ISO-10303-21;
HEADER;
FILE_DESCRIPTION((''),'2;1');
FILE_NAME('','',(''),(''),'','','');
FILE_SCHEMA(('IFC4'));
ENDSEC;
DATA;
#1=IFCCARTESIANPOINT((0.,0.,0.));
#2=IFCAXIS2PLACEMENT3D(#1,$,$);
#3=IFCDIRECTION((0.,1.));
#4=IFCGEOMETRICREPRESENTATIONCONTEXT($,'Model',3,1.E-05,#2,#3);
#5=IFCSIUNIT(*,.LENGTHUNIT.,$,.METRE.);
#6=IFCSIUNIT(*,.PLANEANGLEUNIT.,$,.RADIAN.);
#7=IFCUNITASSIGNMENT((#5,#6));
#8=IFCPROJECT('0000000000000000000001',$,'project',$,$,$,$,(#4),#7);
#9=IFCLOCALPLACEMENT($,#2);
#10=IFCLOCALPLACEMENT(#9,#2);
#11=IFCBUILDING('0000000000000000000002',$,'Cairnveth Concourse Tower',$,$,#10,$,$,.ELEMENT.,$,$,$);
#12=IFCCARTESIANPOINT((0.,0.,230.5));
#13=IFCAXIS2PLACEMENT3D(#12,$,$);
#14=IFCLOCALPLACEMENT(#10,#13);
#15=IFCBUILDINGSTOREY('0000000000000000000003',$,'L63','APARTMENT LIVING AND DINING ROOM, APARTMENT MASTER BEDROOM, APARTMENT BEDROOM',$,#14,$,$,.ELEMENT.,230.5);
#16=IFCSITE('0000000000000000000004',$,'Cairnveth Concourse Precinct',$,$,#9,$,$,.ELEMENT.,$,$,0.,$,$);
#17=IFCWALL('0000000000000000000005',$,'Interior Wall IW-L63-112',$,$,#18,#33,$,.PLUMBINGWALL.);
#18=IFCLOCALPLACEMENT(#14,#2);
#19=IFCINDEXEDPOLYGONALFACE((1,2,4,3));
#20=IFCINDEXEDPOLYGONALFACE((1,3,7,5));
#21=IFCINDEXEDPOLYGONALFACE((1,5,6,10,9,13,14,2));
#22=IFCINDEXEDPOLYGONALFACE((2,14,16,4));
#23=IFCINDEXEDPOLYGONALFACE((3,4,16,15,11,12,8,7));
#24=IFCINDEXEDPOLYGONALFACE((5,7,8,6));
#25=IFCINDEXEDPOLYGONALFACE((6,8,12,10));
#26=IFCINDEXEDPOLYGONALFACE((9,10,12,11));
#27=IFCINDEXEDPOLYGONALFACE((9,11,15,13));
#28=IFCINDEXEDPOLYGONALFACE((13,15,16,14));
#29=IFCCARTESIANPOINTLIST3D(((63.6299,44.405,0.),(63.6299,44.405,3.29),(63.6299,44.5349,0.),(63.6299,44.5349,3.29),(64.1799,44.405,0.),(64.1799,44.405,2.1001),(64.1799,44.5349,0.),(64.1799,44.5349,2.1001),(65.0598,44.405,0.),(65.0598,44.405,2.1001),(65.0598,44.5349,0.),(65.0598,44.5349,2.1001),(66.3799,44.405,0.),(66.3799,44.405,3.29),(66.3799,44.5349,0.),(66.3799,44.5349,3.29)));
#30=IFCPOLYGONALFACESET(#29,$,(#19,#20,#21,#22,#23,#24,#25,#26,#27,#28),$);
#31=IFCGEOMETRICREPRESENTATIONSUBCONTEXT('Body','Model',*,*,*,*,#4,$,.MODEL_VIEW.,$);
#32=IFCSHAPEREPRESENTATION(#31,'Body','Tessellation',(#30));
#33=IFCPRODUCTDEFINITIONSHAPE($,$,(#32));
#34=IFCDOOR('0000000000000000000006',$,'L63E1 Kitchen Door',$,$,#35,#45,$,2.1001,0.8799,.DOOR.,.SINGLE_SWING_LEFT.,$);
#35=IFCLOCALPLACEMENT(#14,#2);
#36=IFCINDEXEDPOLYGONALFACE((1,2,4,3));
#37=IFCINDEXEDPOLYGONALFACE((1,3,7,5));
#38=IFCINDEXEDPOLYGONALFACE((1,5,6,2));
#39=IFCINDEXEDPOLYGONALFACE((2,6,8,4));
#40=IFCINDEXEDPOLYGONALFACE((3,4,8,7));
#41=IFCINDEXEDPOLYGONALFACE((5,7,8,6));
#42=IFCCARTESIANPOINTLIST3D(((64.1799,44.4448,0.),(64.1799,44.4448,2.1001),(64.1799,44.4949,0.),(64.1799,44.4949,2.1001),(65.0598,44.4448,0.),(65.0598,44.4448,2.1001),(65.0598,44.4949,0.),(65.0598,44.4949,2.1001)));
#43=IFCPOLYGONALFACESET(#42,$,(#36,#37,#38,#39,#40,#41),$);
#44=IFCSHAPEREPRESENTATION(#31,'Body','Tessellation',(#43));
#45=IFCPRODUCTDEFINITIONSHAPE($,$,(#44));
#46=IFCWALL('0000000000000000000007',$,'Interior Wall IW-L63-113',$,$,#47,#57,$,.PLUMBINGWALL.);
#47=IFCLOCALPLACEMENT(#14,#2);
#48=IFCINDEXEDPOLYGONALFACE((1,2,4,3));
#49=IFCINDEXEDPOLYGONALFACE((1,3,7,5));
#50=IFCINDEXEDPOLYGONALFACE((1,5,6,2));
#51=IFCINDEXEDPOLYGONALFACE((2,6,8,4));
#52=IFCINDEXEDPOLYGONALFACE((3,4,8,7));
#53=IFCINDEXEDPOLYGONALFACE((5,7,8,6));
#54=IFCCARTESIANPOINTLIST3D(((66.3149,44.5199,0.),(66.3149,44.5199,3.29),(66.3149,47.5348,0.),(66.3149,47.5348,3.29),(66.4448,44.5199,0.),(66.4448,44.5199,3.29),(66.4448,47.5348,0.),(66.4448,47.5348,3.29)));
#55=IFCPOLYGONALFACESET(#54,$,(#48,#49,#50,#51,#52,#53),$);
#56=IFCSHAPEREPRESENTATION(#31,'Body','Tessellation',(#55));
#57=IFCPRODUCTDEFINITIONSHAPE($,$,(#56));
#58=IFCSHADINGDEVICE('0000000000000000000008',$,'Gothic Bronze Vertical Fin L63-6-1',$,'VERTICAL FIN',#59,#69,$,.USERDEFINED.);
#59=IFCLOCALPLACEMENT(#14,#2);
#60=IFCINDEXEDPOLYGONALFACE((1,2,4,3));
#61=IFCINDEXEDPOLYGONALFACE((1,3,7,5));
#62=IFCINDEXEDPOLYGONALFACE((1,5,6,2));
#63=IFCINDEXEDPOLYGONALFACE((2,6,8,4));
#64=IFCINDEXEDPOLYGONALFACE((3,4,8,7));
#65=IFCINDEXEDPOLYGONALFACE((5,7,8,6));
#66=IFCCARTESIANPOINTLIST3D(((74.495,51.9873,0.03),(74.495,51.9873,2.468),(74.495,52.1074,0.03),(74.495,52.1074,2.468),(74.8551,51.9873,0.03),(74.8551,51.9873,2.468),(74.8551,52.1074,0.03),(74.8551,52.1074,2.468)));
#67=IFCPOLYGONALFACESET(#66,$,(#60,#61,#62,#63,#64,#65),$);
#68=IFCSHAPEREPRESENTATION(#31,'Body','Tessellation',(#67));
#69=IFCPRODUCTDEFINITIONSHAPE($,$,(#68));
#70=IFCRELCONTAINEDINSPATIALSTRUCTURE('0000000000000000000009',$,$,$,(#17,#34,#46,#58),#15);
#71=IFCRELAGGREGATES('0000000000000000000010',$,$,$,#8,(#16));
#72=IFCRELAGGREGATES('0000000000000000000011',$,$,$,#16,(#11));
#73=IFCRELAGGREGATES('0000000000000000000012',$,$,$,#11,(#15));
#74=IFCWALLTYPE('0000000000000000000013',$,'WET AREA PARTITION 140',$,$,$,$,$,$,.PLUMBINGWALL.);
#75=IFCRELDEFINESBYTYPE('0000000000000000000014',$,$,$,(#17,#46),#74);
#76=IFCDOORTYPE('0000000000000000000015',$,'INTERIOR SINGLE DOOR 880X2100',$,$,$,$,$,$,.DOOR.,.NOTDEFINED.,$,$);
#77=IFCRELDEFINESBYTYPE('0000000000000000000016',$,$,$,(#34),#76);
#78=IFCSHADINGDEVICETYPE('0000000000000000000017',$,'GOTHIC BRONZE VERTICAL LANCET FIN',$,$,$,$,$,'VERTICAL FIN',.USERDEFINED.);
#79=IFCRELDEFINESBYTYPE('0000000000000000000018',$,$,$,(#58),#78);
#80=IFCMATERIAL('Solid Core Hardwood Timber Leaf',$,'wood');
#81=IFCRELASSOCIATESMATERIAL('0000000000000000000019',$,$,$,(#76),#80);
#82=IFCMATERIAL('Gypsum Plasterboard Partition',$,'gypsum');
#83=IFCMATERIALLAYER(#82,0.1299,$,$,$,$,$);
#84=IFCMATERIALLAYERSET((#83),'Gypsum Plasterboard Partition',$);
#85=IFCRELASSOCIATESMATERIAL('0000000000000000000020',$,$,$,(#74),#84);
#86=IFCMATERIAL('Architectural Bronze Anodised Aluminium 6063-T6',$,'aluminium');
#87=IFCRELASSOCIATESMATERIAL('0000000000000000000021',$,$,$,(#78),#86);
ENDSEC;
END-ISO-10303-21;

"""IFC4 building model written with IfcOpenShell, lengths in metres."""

from ifc_helpers import new_model, si_unit, direction, frame, frame_2d, origin, origin_2d, place, context, subcontext, project, spatial, rectangle, extrude, material, layer, layer_set, type_object, element, fill, save


model = new_model("IFC4")

# Units and contexts
model_context = context("Model", 3, precision=1e-05, world=origin(), true_north=direction((0.0, 1.0)))
body_context = subcontext(model_context, "Body", "Model", "MODEL_VIEW")
ifc_project = project(units=[si_unit("LENGTHUNIT", "METRE"), si_unit("PLANEANGLEUNIT", "RADIAN")], contexts=[model_context])

# Site, building, storey
site_placement = place(None, origin())
site = spatial("IfcSite", under=ifc_project, at=site_placement, Name="Cairnveth Concourse Precinct", CompositionType="ELEMENT", RefElevation=0.0)
building_placement = place(site_placement, origin())
building = spatial("IfcBuilding", under=site, at=building_placement, Name="Cairnveth Concourse Tower", CompositionType="ELEMENT")
storey_placement = place(building_placement, frame((0.0, 0.0, 230.5)))
storey = spatial("IfcBuildingStorey", under=building, at=storey_placement, Name="L63", Description="APARTMENT LIVING AND DINING ROOM, APARTMENT MASTER BEDROOM, APARTMENT BEDROOM", CompositionType="ELEMENT", Elevation=230.5)

# Shared definitions
ifc_material_1 = material(Name="Gypsum Plasterboard Partition", Category="gypsum")

# Shared definitions
ifc_material_2 = material(Name="Solid Core Hardwood Timber Leaf", Category="wood")
door_type_1 = type_object("IfcDoorType", Name="INTERIOR SINGLE DOOR 880X2100", OperationType="NOTDEFINED", PredefinedType="DOOR", material=ifc_material_2)
ifc_layer_1 = layer(ifc_material_1, 0.1299)
ifc_layer_set_1 = layer_set([ifc_layer_1], Name="Gypsum Plasterboard Partition")
wall_type_1 = type_object("IfcWallType", Name="WET AREA PARTITION 140", PredefinedType="PLUMBINGWALL", material=ifc_layer_set_1)

# Wall, opening, door
wall_1_placement = place(storey_placement, frame((63.6299, 44.47, 0.0), z_axis=(0.0, 0.0, 1.0), x_axis=(1.0, 0.0, 0.0)))
wall_1 = element("IfcWall", 1, at=wall_1_placement, inside=storey, type_object=wall_type_1, Name="Interior Wall IW-L63-112", PredefinedType="PLUMBINGWALL", context=body_context, shape_type="SweptSolid", body=[
    extrude(rectangle(XDim=2.75, YDim=0.1299, at=frame_2d((1.375, 0.0))), origin(), (0.0, 0.0, 1.0), 3.29),
])
opening_1_placement = place(wall_1_placement, frame((0.55, 0.0, 0.0)))
opening_1 = element("IfcOpeningElement", 2, at=opening_1_placement, cuts=wall_1, PredefinedType="OPENING", context=body_context, shape_type="SweptSolid", body=[
    extrude(rectangle(XDim=0.8799, YDim=2.1001, at=frame_2d((0.4399, 1.05))), frame((0.0, 0.075, 0.0), z_axis=(0.0, -1.0, 0.0), x_axis=(1.0, 0.0, 0.0)), (0.0, 0.0, 1.0), 0.1499),
])
door_1_placement = place(opening_1_placement, origin())
door_1 = element("IfcDoor", 3, at=door_1_placement, inside=storey, type_object=door_type_1, Name="L63E1 Kitchen Door", OperationType="SINGLE_SWING_LEFT", OverallHeight=2.1001, OverallWidth=0.8799, PredefinedType="DOOR", context=body_context, shape_type="SweptSolid", body=[
    extrude(rectangle(XDim=0.8799, YDim=2.1001, at=frame_2d((0.4399, 1.05))), frame((0.0, 0.0249, 0.0), z_axis=(0.0, -1.0, 0.0), x_axis=(1.0, 0.0, 0.0)), (0.0, 0.0, 1.0), 0.05),
])
fill(opening_1, door_1)

# Wall
wall_2_placement = place(storey_placement, frame((66.3799, 44.52, 0.0), z_axis=(0.0, 0.0, 1.0), x_axis=(0.0, 1.0, 0.0)))
element("IfcWall", 4, at=wall_2_placement, inside=storey, type_object=wall_type_1, Name="Interior Wall IW-L63-113", PredefinedType="PLUMBINGWALL", context=body_context, shape_type="SweptSolid", body=[
    extrude(rectangle(XDim=3.0149, YDim=0.1299, at=frame_2d((1.5073, 0.0))), origin(), (0.0, 0.0, 1.0), 3.29),
])

# Shading device
ifc_material_3 = material(Name="Architectural Bronze Anodised Aluminium 6063-T6", Category="aluminium")
shading_device_type = type_object("IfcShadingDeviceType", Name="GOTHIC BRONZE VERTICAL LANCET FIN", ElementType="VERTICAL FIN", PredefinedType="USERDEFINED", material=ifc_material_3)
shading_device_placement = place(storey_placement, frame((74.675, 52.0474, 0.03), z_axis=(0.0, 0.0, 1.0), x_axis=(0.0, 1.0, 0.0)))
element("IfcShadingDevice", 5, at=shading_device_placement, inside=storey, type_object=shading_device_type, Name="Gothic Bronze Vertical Fin L63-6-1", ObjectType="VERTICAL FIN", PredefinedType="USERDEFINED", context=body_context, shape_type="SweptSolid", body=[
    extrude(rectangle(XDim=0.1201, YDim=0.3601, at=origin_2d()), origin(), (0.0, 0.0, 1.0), 2.438),
])

save(model, "model.ifc")
